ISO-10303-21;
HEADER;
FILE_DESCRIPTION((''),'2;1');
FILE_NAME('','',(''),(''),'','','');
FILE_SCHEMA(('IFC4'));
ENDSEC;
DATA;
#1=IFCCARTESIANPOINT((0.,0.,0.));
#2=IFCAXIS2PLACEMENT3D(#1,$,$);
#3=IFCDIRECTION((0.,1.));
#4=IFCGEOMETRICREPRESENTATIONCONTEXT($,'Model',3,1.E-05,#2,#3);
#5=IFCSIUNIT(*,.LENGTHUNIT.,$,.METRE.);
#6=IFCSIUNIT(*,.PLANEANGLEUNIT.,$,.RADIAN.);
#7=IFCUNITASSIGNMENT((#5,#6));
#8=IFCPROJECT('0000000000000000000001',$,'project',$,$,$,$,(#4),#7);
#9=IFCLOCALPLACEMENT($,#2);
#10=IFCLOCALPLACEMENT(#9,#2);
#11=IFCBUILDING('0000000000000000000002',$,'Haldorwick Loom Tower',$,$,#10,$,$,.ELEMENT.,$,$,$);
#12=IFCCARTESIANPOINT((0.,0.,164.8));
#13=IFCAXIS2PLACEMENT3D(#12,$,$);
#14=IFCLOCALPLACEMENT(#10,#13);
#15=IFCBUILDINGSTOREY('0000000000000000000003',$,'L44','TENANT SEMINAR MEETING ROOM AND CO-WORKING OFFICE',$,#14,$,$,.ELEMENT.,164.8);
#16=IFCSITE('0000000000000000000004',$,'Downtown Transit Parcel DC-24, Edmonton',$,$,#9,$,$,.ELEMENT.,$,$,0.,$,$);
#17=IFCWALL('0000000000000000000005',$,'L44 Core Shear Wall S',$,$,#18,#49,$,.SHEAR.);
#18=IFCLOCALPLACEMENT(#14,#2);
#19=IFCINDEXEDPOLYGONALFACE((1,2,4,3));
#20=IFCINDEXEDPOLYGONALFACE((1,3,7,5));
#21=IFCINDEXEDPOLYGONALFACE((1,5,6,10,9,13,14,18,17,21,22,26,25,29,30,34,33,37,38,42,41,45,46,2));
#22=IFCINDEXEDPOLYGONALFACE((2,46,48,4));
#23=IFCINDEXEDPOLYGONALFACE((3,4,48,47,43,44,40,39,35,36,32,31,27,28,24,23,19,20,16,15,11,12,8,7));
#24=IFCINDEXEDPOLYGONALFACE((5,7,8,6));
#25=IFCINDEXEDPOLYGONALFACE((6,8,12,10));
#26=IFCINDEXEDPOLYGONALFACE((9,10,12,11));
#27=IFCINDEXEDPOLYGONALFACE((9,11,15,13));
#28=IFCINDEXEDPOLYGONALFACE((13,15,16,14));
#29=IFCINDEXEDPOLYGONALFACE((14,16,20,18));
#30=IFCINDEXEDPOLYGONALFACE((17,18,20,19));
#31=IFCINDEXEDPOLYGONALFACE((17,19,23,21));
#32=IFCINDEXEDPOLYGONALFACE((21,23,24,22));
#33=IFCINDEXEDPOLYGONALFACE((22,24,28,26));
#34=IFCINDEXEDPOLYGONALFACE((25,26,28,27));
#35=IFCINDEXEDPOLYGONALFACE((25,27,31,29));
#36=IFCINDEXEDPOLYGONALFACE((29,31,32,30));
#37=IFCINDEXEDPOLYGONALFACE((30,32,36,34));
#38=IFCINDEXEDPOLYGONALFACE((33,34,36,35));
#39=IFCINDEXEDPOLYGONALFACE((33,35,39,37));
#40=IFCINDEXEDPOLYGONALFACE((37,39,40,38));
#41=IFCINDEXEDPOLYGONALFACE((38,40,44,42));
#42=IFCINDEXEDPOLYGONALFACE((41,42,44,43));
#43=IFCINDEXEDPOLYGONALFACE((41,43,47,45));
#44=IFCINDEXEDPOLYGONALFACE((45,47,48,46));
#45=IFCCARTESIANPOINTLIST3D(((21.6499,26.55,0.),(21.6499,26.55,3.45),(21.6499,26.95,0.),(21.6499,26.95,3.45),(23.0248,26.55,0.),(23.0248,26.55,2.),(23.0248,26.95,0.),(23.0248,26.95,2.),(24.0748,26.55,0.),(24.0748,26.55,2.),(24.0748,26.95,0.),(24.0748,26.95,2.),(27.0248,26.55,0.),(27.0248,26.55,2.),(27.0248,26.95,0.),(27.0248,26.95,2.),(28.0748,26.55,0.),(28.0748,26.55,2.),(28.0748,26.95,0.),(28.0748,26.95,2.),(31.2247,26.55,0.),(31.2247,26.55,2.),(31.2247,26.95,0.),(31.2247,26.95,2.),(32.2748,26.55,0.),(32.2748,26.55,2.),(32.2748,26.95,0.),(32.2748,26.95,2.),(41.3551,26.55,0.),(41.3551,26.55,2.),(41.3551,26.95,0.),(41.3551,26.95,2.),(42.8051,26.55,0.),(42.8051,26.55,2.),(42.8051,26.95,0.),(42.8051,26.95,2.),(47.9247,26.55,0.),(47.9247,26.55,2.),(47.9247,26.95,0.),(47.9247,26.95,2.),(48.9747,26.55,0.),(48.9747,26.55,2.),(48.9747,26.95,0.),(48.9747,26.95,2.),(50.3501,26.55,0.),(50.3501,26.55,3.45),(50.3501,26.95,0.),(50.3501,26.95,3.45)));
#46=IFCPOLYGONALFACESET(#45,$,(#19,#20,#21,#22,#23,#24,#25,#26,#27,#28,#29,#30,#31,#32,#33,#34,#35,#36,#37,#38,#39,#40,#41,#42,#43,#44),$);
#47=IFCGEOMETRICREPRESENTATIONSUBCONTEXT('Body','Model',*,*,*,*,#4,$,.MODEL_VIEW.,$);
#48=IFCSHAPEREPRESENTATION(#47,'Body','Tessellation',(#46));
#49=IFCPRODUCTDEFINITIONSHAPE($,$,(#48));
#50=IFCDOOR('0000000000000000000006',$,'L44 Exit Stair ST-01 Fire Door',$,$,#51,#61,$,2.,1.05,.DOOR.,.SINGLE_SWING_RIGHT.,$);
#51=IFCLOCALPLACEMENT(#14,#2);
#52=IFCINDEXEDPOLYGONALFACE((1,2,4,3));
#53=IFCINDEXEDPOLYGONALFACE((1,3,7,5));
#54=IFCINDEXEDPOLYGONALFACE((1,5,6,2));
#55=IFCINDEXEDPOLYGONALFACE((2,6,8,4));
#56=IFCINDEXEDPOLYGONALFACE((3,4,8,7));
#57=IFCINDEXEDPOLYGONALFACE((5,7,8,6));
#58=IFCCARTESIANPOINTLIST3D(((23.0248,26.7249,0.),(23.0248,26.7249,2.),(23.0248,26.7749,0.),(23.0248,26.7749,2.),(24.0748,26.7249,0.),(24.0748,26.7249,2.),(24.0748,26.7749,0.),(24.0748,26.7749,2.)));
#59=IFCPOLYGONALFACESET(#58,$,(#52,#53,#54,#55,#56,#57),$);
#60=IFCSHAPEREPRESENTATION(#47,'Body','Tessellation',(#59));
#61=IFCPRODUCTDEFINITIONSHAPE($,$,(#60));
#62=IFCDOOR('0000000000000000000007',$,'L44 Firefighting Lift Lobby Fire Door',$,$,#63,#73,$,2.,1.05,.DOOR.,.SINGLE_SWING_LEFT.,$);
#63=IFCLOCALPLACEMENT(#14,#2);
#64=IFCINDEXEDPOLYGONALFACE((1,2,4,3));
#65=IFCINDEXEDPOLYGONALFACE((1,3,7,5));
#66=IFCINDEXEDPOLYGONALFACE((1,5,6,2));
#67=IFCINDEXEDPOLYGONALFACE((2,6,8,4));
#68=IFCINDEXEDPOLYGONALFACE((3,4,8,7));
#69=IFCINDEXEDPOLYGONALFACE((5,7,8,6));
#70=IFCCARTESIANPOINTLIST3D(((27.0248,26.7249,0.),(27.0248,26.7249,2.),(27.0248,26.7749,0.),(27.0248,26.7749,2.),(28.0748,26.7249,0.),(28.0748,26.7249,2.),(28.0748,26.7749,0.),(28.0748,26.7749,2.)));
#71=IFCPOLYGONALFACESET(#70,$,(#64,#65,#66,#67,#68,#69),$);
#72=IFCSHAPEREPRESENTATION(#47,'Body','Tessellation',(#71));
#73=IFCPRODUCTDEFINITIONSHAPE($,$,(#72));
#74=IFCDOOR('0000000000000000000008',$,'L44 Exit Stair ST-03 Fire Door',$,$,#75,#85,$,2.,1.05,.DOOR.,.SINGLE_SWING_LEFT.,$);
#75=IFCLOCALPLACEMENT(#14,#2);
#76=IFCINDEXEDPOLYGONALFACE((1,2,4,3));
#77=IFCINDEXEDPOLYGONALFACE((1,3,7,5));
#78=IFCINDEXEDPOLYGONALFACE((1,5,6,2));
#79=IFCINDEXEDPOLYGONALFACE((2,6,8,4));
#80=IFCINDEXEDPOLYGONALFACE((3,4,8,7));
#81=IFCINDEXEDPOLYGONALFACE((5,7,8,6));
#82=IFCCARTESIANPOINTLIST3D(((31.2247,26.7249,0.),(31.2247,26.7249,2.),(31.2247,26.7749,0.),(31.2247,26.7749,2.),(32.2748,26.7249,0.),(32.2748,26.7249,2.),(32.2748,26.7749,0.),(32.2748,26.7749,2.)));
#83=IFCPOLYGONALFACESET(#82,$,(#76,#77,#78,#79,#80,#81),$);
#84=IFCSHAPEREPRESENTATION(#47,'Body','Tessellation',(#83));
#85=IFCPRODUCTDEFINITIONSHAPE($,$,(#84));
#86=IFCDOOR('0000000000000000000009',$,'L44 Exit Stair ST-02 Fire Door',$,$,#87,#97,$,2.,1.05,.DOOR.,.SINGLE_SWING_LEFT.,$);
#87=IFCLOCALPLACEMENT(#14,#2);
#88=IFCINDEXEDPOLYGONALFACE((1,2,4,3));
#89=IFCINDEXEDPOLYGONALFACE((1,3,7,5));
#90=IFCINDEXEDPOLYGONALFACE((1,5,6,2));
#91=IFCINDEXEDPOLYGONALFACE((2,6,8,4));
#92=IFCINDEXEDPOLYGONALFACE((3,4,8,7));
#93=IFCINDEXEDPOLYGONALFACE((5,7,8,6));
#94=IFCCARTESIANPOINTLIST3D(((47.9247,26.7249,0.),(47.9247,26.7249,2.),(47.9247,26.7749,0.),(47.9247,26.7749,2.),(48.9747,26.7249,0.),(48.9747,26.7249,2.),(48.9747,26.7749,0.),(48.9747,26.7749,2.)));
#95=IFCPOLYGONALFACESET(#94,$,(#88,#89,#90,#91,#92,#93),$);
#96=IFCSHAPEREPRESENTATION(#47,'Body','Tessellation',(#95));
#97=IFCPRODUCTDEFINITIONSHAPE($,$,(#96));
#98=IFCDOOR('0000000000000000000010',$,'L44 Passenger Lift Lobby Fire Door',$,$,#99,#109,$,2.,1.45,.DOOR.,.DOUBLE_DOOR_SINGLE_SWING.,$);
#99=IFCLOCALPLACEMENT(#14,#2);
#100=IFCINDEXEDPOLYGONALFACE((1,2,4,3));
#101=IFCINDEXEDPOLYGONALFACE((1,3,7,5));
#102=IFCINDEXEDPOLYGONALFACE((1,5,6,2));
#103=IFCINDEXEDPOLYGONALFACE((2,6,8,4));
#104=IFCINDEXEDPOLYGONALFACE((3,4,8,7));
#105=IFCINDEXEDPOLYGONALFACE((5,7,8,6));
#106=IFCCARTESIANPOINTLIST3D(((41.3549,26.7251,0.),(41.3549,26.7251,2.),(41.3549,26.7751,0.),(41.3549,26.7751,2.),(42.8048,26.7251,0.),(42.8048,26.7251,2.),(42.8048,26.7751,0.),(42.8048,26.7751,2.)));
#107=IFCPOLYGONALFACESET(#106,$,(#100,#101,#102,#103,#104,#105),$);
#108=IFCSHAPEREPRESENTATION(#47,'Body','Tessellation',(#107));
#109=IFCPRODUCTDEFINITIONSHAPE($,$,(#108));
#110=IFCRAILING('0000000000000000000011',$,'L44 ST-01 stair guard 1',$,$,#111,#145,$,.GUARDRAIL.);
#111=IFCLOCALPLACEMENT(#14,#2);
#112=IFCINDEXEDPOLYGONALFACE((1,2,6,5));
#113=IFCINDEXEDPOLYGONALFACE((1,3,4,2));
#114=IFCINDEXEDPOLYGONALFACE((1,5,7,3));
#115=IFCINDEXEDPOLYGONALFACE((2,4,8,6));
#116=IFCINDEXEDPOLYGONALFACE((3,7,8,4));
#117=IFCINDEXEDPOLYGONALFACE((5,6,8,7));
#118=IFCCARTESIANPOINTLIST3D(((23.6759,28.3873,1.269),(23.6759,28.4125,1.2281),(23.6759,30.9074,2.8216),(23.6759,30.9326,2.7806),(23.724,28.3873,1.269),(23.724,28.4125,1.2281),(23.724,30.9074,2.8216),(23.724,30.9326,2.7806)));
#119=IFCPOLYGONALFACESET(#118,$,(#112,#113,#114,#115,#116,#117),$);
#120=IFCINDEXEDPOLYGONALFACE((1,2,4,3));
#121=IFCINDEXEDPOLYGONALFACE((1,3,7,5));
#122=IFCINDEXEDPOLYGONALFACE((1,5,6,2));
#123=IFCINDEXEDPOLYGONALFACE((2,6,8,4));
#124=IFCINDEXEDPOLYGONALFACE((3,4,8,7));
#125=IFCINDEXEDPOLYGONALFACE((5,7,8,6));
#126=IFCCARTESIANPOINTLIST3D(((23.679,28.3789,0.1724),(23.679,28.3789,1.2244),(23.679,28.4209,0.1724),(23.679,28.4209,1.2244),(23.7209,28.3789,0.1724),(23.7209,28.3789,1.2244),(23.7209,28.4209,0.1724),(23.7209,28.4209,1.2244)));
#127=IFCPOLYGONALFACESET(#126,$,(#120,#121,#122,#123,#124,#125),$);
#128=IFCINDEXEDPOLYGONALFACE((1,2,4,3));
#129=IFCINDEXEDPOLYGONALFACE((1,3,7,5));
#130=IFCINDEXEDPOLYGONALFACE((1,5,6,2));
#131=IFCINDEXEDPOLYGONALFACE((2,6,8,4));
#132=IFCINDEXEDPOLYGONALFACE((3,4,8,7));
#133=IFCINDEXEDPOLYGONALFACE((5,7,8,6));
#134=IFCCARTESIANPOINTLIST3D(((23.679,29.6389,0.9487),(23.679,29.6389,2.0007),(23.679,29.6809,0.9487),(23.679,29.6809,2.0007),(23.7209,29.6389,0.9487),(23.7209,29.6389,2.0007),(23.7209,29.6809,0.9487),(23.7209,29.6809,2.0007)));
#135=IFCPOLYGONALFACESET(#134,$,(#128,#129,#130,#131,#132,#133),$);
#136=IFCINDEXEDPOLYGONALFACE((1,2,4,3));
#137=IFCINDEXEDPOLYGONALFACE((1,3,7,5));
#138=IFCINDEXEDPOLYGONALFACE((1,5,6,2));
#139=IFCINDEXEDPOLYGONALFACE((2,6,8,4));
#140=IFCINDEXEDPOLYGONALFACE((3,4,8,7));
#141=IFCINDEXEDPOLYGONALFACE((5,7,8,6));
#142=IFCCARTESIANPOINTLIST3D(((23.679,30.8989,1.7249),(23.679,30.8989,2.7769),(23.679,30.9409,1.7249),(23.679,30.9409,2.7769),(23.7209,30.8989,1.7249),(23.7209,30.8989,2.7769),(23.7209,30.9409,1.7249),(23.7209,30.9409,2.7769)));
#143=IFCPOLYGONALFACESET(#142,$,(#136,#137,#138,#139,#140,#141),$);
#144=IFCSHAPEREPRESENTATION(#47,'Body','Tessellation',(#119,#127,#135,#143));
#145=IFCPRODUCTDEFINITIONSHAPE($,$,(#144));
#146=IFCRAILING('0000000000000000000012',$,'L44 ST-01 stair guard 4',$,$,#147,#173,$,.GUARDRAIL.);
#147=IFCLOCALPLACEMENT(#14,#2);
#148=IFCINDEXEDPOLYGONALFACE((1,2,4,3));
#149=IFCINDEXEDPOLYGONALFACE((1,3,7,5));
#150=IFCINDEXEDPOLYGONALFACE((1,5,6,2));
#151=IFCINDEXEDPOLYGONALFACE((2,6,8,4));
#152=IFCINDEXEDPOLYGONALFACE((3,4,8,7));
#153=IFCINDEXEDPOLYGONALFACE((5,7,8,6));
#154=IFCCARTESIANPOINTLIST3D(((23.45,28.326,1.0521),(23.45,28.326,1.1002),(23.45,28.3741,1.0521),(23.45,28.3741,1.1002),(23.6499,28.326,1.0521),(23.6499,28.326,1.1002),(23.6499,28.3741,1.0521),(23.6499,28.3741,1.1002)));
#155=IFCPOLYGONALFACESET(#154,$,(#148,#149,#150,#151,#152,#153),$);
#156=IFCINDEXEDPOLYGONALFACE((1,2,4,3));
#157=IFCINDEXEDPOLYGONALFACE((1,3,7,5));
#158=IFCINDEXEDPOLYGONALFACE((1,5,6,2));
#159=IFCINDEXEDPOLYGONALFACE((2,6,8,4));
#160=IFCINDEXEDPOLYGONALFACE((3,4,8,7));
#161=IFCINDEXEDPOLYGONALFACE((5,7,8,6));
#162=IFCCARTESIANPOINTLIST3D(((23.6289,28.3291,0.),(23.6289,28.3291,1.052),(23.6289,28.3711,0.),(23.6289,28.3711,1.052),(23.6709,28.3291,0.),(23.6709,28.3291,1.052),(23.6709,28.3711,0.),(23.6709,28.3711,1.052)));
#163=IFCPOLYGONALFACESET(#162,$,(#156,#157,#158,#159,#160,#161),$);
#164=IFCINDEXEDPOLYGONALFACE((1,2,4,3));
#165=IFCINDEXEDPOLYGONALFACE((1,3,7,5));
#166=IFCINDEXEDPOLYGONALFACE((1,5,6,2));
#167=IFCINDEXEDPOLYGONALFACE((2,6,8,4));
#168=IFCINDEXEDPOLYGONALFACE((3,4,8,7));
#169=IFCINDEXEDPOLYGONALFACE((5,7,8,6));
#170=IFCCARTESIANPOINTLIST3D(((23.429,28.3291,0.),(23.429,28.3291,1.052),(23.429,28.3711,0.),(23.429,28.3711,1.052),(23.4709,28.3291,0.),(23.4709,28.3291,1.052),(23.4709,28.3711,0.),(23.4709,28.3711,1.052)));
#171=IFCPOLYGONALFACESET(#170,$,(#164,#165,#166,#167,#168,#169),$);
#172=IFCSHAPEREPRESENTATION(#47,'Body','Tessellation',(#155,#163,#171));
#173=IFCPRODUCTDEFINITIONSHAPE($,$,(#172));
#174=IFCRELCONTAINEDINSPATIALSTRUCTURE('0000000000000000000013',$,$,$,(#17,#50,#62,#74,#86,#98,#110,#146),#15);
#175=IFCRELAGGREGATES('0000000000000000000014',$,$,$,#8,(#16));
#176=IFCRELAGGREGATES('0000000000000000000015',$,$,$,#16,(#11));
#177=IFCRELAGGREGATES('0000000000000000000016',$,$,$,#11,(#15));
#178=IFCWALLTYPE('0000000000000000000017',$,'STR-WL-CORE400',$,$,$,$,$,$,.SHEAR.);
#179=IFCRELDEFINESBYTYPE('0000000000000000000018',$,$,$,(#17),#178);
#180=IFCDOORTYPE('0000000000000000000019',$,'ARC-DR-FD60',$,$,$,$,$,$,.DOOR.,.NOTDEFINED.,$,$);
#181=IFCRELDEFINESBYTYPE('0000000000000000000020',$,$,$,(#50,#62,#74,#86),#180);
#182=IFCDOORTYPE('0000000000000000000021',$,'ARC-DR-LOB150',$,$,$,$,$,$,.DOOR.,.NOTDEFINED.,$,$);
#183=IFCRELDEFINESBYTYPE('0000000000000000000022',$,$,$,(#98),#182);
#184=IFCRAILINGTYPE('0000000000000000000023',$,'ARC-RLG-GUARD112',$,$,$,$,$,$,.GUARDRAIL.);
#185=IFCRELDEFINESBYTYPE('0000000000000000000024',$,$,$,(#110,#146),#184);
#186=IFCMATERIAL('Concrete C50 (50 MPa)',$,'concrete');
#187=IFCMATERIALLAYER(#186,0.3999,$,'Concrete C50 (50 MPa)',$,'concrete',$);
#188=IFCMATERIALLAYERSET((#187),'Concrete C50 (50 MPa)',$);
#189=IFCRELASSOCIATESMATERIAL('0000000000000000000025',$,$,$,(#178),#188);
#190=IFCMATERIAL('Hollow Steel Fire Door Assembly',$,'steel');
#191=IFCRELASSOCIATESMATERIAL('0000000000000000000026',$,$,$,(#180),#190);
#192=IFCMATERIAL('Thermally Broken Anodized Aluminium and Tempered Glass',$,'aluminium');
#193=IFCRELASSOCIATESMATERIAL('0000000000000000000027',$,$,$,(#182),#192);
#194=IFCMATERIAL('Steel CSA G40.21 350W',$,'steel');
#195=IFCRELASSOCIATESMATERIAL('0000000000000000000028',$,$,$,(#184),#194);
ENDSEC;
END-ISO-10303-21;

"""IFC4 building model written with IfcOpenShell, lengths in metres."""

from ifc_helpers import new_model, si_unit, direction, frame, frame_2d, origin, origin_2d, place, context, subcontext, project, spatial, rectangle, extrude, material, layer, layer_set, type_object, element, fill, save


model = new_model("IFC4")

# Units and contexts
model_context = context("Model", 3, precision=1e-05, world=origin(), true_north=direction((0.0, 1.0)))
body_context = subcontext(model_context, "Body", "Model", "MODEL_VIEW")
ifc_project = project(units=[si_unit("LENGTHUNIT", "METRE"), si_unit("PLANEANGLEUNIT", "RADIAN")], contexts=[model_context])

# Site, building, storey
site_placement = place(None, origin())
site = spatial("IfcSite", under=ifc_project, at=site_placement, Name="Downtown Transit Parcel DC-24, Edmonton", CompositionType="ELEMENT", RefElevation=0.0)
building_placement = place(site_placement, origin())
building = spatial("IfcBuilding", under=site, at=building_placement, Name="Haldorwick Loom Tower", CompositionType="ELEMENT")
storey_placement = place(building_placement, frame((0.0, 0.0, 164.8)))
storey = spatial("IfcBuildingStorey", under=building, at=storey_placement, Name="L44", Description="TENANT SEMINAR MEETING ROOM AND CO-WORKING OFFICE", CompositionType="ELEMENT", Elevation=164.8)

# Shared definitions
ifc_material_1 = material(Name="Steel CSA G40.21 350W", Category="steel")

# Wall, openings, doors
ifc_material_2 = material(Name="Concrete C50 (50 MPa)", Category="concrete")
ifc_layer_1 = layer(ifc_material_2, 0.3999, Name="Concrete C50 (50 MPa)", Category="concrete")
ifc_layer_set_1 = layer_set([ifc_layer_1], Name="Concrete C50 (50 MPa)")
wall_type_1 = type_object("IfcWallType", Name="STR-WL-CORE400", PredefinedType="SHEAR", material=ifc_layer_set_1)
wall_1_placement = place(storey_placement, frame((21.6499, 26.75, 0.0), z_axis=(0.0, 0.0, 1.0), x_axis=(1.0, 0.0, 0.0)))
wall_1 = element("IfcWall", 1, at=wall_1_placement, inside=storey, type_object=wall_type_1, Name="L44 Core Shear Wall S", PredefinedType="SHEAR", context=body_context, shape_type="SweptSolid", body=[
    extrude(rectangle(XDim=28.7002, YDim=0.3999, at=frame_2d((14.3501, 0.0))), origin(), (0.0, 0.0, 1.0), 3.45),
])
opening_1_placement = place(wall_1_placement, frame((1.375, 0.0, 0.0)))
opening_1 = element("IfcOpeningElement", 2, at=opening_1_placement, cuts=wall_1, PredefinedType="OPENING", context=body_context, shape_type="SweptSolid", body=[
    extrude(rectangle(XDim=1.05, YDim=2.0, at=frame_2d((0.5249, 1.0))), frame((0.0, 0.21, 0.0), z_axis=(0.0, -1.0, 0.0), x_axis=(1.0, 0.0, 0.0)), (0.0, 0.0, 1.0), 0.4199),
])
opening_2_placement = place(wall_1_placement, frame((5.375, 0.0, 0.0)))
opening_2 = element("IfcOpeningElement", 3, at=opening_2_placement, cuts=wall_1, PredefinedType="OPENING", context=body_context, shape_type="SweptSolid", body=[
    extrude(rectangle(XDim=1.05, YDim=2.0, at=frame_2d((0.5249, 1.0))), frame((0.0, 0.21, 0.0), z_axis=(0.0, -1.0, 0.0), x_axis=(1.0, 0.0, 0.0)), (0.0, 0.0, 1.0), 0.4199),
])
opening_3_placement = place(wall_1_placement, frame((9.575, 0.0, 0.0)))
opening_3 = element("IfcOpeningElement", 4, at=opening_3_placement, cuts=wall_1, PredefinedType="OPENING", context=body_context, shape_type="SweptSolid", body=[
    extrude(rectangle(XDim=1.05, YDim=2.0, at=frame_2d((0.5249, 1.0))), frame((0.0, 0.21, 0.0), z_axis=(0.0, -1.0, 0.0), x_axis=(1.0, 0.0, 0.0)), (0.0, 0.0, 1.0), 0.4199),
])
opening_4_placement = place(wall_1_placement, frame((19.7051, 0.0, 0.0)))
opening_4 = element("IfcOpeningElement", 5, at=opening_4_placement, cuts=wall_1, PredefinedType="OPENING", context=body_context, shape_type="SweptSolid", body=[
    extrude(rectangle(XDim=1.45, YDim=2.0, at=frame_2d((0.7251, 1.0))), frame((0.0, 0.21, 0.0), z_axis=(0.0, -1.0, 0.0), x_axis=(1.0, 0.0, 0.0)), (0.0, 0.0, 1.0), 0.4199),
])
opening_5_placement = place(wall_1_placement, frame((26.2749, 0.0, 0.0)))
opening_5 = element("IfcOpeningElement", 6, at=opening_5_placement, cuts=wall_1, PredefinedType="OPENING", context=body_context, shape_type="SweptSolid", body=[
    extrude(rectangle(XDim=1.05, YDim=2.0, at=frame_2d((0.5249, 1.0))), frame((0.0, 0.21, 0.0), z_axis=(0.0, -1.0, 0.0), x_axis=(1.0, 0.0, 0.0)), (0.0, 0.0, 1.0), 0.4199),
])
ifc_material_3 = material(Name="Hollow Steel Fire Door Assembly", Category="steel")
door_type_1 = type_object("IfcDoorType", Name="ARC-DR-FD60", OperationType="NOTDEFINED", PredefinedType="DOOR", material=ifc_material_3)
door_1_placement = place(opening_1_placement, origin())
door_1 = element("IfcDoor", 7, at=door_1_placement, inside=storey, type_object=door_type_1, Name="L44 Exit Stair ST-01 Fire Door", OperationType="SINGLE_SWING_RIGHT", OverallHeight=2.0, OverallWidth=1.05, PredefinedType="DOOR", context=body_context, shape_type="SweptSolid", body=[
    extrude(rectangle(XDim=1.05, YDim=2.0, at=frame_2d((0.5249, 1.0))), frame((0.0, 0.0249, 0.0), z_axis=(0.0, -1.0, 0.0), x_axis=(1.0, 0.0, 0.0)), (0.0, 0.0, 1.0), 0.05),
])
fill(opening_1, door_1)
door_2_placement = place(opening_2_placement, origin())
door_2 = element("IfcDoor", 8, at=door_2_placement, inside=storey, type_object=door_type_1, Name="L44 Firefighting Lift Lobby Fire Door", OperationType="SINGLE_SWING_LEFT", OverallHeight=2.0, OverallWidth=1.05, PredefinedType="DOOR", context=body_context, shape_type="SweptSolid", body=[
    extrude(rectangle(XDim=1.05, YDim=2.0, at=frame_2d((0.5249, 1.0))), frame((0.0, 0.0249, 0.0), z_axis=(0.0, -1.0, 0.0), x_axis=(1.0, 0.0, 0.0)), (0.0, 0.0, 1.0), 0.05),
])
fill(opening_2, door_2)
door_3_placement = place(opening_3_placement, origin())
door_3 = element("IfcDoor", 9, at=door_3_placement, inside=storey, type_object=door_type_1, Name="L44 Exit Stair ST-03 Fire Door", OperationType="SINGLE_SWING_LEFT", OverallHeight=2.0, OverallWidth=1.05, PredefinedType="DOOR", context=body_context, shape_type="SweptSolid", body=[
    extrude(rectangle(XDim=1.05, YDim=2.0, at=frame_2d((0.5249, 1.0))), frame((0.0, 0.0249, 0.0), z_axis=(0.0, -1.0, 0.0), x_axis=(1.0, 0.0, 0.0)), (0.0, 0.0, 1.0), 0.05),
])
fill(opening_3, door_3)
door_4_placement = place(opening_5_placement, origin())
door_4 = element("IfcDoor", 10, at=door_4_placement, inside=storey, type_object=door_type_1, Name="L44 Exit Stair ST-02 Fire Door", OperationType="SINGLE_SWING_LEFT", OverallHeight=2.0, OverallWidth=1.05, PredefinedType="DOOR", context=body_context, shape_type="SweptSolid", body=[
    extrude(rectangle(XDim=1.05, YDim=2.0, at=frame_2d((0.5249, 1.0))), frame((0.0, 0.0249, 0.0), z_axis=(0.0, -1.0, 0.0), x_axis=(1.0, 0.0, 0.0)), (0.0, 0.0, 1.0), 0.05),
])
fill(opening_5, door_4)
ifc_material_4 = material(Name="Thermally Broken Anodized Aluminium and Tempered Glass", Category="aluminium")
door_type_2 = type_object("IfcDoorType", Name="ARC-DR-LOB150", OperationType="NOTDEFINED", PredefinedType="DOOR", material=ifc_material_4)
door_5_placement = place(opening_4_placement, frame((1.45, 0.0, 0.0), z_axis=(0.0, 0.0, 1.0), x_axis=(-1.0, 0.0, 0.0)))
door_5 = element("IfcDoor", 11, at=door_5_placement, inside=storey, type_object=door_type_2, Name="L44 Passenger Lift Lobby Fire Door", OperationType="DOUBLE_DOOR_SINGLE_SWING", OverallHeight=2.0, OverallWidth=1.45, PredefinedType="DOOR", context=body_context, shape_type="SweptSolid", body=[
    extrude(rectangle(XDim=1.45, YDim=2.0, at=frame_2d((0.7251, 1.0))), frame((0.0, 0.0249, 0.0), z_axis=(0.0, -1.0, 0.0), x_axis=(1.0, 0.0, 0.0)), (0.0, 0.0, 1.0), 0.05),
])
fill(opening_4, door_5)

# Railings
railing_type_1 = type_object("IfcRailingType", Name="ARC-RLG-GUARD112", PredefinedType="GUARDRAIL", material=ifc_material_1)
railing_1_placement = place(storey_placement, frame((23.7, 28.3999, 0.1724)))
element("IfcRailing", 12, at=railing_1_placement, inside=storey, type_object=railing_type_1, Name="L44 ST-01 stair guard 1", PredefinedType="GUARDRAIL", context=body_context, shape_type="SweptSolid", body=[
    extrude(rectangle(XDim=0.0481, YDim=0.0481, at=origin_2d()), frame((0.0, 0.0, 1.0762), z_axis=(0.0, 0.8514, 0.524516), x_axis=(-1.0, 0.0, 0.0)), (0.0, 0.0, 1.0), 2.96),
    extrude(rectangle(XDim=0.042, YDim=0.042, at=origin_2d()), origin(), (0.0, 0.0, 1.0), 1.052),
    extrude(rectangle(XDim=0.042, YDim=0.042, at=origin_2d()), frame((0.0, 1.26, 0.7764)), (0.0, 0.0, 1.0), 1.052),
    extrude(rectangle(XDim=0.042, YDim=0.042, at=origin_2d()), frame((0.0, 2.52, 1.5525)), (0.0, 0.0, 1.0), 1.052),
])
railing_2_placement = place(storey_placement, frame((23.6499, 28.3501, 0.0)))
element("IfcRailing", 13, at=railing_2_placement, inside=storey, type_object=railing_type_1, Name="L44 ST-01 stair guard 4", PredefinedType="GUARDRAIL", context=body_context, shape_type="SweptSolid", body=[
    extrude(rectangle(XDim=0.0481, YDim=0.0481, at=origin_2d()), frame((0.0, 0.0, 1.0762), z_axis=(-1.0, 0.0, 0.0), x_axis=(0.0, -1.0, 0.0)), (0.0, 0.0, 1.0), 0.2),
    extrude(rectangle(XDim=0.042, YDim=0.042, at=origin_2d()), origin(), (0.0, 0.0, 1.0), 1.052),
    extrude(rectangle(XDim=0.042, YDim=0.042, at=origin_2d()), frame((-0.2, 0.0, 0.0)), (0.0, 0.0, 1.0), 1.052),
])

save(model, "model.ifc")
